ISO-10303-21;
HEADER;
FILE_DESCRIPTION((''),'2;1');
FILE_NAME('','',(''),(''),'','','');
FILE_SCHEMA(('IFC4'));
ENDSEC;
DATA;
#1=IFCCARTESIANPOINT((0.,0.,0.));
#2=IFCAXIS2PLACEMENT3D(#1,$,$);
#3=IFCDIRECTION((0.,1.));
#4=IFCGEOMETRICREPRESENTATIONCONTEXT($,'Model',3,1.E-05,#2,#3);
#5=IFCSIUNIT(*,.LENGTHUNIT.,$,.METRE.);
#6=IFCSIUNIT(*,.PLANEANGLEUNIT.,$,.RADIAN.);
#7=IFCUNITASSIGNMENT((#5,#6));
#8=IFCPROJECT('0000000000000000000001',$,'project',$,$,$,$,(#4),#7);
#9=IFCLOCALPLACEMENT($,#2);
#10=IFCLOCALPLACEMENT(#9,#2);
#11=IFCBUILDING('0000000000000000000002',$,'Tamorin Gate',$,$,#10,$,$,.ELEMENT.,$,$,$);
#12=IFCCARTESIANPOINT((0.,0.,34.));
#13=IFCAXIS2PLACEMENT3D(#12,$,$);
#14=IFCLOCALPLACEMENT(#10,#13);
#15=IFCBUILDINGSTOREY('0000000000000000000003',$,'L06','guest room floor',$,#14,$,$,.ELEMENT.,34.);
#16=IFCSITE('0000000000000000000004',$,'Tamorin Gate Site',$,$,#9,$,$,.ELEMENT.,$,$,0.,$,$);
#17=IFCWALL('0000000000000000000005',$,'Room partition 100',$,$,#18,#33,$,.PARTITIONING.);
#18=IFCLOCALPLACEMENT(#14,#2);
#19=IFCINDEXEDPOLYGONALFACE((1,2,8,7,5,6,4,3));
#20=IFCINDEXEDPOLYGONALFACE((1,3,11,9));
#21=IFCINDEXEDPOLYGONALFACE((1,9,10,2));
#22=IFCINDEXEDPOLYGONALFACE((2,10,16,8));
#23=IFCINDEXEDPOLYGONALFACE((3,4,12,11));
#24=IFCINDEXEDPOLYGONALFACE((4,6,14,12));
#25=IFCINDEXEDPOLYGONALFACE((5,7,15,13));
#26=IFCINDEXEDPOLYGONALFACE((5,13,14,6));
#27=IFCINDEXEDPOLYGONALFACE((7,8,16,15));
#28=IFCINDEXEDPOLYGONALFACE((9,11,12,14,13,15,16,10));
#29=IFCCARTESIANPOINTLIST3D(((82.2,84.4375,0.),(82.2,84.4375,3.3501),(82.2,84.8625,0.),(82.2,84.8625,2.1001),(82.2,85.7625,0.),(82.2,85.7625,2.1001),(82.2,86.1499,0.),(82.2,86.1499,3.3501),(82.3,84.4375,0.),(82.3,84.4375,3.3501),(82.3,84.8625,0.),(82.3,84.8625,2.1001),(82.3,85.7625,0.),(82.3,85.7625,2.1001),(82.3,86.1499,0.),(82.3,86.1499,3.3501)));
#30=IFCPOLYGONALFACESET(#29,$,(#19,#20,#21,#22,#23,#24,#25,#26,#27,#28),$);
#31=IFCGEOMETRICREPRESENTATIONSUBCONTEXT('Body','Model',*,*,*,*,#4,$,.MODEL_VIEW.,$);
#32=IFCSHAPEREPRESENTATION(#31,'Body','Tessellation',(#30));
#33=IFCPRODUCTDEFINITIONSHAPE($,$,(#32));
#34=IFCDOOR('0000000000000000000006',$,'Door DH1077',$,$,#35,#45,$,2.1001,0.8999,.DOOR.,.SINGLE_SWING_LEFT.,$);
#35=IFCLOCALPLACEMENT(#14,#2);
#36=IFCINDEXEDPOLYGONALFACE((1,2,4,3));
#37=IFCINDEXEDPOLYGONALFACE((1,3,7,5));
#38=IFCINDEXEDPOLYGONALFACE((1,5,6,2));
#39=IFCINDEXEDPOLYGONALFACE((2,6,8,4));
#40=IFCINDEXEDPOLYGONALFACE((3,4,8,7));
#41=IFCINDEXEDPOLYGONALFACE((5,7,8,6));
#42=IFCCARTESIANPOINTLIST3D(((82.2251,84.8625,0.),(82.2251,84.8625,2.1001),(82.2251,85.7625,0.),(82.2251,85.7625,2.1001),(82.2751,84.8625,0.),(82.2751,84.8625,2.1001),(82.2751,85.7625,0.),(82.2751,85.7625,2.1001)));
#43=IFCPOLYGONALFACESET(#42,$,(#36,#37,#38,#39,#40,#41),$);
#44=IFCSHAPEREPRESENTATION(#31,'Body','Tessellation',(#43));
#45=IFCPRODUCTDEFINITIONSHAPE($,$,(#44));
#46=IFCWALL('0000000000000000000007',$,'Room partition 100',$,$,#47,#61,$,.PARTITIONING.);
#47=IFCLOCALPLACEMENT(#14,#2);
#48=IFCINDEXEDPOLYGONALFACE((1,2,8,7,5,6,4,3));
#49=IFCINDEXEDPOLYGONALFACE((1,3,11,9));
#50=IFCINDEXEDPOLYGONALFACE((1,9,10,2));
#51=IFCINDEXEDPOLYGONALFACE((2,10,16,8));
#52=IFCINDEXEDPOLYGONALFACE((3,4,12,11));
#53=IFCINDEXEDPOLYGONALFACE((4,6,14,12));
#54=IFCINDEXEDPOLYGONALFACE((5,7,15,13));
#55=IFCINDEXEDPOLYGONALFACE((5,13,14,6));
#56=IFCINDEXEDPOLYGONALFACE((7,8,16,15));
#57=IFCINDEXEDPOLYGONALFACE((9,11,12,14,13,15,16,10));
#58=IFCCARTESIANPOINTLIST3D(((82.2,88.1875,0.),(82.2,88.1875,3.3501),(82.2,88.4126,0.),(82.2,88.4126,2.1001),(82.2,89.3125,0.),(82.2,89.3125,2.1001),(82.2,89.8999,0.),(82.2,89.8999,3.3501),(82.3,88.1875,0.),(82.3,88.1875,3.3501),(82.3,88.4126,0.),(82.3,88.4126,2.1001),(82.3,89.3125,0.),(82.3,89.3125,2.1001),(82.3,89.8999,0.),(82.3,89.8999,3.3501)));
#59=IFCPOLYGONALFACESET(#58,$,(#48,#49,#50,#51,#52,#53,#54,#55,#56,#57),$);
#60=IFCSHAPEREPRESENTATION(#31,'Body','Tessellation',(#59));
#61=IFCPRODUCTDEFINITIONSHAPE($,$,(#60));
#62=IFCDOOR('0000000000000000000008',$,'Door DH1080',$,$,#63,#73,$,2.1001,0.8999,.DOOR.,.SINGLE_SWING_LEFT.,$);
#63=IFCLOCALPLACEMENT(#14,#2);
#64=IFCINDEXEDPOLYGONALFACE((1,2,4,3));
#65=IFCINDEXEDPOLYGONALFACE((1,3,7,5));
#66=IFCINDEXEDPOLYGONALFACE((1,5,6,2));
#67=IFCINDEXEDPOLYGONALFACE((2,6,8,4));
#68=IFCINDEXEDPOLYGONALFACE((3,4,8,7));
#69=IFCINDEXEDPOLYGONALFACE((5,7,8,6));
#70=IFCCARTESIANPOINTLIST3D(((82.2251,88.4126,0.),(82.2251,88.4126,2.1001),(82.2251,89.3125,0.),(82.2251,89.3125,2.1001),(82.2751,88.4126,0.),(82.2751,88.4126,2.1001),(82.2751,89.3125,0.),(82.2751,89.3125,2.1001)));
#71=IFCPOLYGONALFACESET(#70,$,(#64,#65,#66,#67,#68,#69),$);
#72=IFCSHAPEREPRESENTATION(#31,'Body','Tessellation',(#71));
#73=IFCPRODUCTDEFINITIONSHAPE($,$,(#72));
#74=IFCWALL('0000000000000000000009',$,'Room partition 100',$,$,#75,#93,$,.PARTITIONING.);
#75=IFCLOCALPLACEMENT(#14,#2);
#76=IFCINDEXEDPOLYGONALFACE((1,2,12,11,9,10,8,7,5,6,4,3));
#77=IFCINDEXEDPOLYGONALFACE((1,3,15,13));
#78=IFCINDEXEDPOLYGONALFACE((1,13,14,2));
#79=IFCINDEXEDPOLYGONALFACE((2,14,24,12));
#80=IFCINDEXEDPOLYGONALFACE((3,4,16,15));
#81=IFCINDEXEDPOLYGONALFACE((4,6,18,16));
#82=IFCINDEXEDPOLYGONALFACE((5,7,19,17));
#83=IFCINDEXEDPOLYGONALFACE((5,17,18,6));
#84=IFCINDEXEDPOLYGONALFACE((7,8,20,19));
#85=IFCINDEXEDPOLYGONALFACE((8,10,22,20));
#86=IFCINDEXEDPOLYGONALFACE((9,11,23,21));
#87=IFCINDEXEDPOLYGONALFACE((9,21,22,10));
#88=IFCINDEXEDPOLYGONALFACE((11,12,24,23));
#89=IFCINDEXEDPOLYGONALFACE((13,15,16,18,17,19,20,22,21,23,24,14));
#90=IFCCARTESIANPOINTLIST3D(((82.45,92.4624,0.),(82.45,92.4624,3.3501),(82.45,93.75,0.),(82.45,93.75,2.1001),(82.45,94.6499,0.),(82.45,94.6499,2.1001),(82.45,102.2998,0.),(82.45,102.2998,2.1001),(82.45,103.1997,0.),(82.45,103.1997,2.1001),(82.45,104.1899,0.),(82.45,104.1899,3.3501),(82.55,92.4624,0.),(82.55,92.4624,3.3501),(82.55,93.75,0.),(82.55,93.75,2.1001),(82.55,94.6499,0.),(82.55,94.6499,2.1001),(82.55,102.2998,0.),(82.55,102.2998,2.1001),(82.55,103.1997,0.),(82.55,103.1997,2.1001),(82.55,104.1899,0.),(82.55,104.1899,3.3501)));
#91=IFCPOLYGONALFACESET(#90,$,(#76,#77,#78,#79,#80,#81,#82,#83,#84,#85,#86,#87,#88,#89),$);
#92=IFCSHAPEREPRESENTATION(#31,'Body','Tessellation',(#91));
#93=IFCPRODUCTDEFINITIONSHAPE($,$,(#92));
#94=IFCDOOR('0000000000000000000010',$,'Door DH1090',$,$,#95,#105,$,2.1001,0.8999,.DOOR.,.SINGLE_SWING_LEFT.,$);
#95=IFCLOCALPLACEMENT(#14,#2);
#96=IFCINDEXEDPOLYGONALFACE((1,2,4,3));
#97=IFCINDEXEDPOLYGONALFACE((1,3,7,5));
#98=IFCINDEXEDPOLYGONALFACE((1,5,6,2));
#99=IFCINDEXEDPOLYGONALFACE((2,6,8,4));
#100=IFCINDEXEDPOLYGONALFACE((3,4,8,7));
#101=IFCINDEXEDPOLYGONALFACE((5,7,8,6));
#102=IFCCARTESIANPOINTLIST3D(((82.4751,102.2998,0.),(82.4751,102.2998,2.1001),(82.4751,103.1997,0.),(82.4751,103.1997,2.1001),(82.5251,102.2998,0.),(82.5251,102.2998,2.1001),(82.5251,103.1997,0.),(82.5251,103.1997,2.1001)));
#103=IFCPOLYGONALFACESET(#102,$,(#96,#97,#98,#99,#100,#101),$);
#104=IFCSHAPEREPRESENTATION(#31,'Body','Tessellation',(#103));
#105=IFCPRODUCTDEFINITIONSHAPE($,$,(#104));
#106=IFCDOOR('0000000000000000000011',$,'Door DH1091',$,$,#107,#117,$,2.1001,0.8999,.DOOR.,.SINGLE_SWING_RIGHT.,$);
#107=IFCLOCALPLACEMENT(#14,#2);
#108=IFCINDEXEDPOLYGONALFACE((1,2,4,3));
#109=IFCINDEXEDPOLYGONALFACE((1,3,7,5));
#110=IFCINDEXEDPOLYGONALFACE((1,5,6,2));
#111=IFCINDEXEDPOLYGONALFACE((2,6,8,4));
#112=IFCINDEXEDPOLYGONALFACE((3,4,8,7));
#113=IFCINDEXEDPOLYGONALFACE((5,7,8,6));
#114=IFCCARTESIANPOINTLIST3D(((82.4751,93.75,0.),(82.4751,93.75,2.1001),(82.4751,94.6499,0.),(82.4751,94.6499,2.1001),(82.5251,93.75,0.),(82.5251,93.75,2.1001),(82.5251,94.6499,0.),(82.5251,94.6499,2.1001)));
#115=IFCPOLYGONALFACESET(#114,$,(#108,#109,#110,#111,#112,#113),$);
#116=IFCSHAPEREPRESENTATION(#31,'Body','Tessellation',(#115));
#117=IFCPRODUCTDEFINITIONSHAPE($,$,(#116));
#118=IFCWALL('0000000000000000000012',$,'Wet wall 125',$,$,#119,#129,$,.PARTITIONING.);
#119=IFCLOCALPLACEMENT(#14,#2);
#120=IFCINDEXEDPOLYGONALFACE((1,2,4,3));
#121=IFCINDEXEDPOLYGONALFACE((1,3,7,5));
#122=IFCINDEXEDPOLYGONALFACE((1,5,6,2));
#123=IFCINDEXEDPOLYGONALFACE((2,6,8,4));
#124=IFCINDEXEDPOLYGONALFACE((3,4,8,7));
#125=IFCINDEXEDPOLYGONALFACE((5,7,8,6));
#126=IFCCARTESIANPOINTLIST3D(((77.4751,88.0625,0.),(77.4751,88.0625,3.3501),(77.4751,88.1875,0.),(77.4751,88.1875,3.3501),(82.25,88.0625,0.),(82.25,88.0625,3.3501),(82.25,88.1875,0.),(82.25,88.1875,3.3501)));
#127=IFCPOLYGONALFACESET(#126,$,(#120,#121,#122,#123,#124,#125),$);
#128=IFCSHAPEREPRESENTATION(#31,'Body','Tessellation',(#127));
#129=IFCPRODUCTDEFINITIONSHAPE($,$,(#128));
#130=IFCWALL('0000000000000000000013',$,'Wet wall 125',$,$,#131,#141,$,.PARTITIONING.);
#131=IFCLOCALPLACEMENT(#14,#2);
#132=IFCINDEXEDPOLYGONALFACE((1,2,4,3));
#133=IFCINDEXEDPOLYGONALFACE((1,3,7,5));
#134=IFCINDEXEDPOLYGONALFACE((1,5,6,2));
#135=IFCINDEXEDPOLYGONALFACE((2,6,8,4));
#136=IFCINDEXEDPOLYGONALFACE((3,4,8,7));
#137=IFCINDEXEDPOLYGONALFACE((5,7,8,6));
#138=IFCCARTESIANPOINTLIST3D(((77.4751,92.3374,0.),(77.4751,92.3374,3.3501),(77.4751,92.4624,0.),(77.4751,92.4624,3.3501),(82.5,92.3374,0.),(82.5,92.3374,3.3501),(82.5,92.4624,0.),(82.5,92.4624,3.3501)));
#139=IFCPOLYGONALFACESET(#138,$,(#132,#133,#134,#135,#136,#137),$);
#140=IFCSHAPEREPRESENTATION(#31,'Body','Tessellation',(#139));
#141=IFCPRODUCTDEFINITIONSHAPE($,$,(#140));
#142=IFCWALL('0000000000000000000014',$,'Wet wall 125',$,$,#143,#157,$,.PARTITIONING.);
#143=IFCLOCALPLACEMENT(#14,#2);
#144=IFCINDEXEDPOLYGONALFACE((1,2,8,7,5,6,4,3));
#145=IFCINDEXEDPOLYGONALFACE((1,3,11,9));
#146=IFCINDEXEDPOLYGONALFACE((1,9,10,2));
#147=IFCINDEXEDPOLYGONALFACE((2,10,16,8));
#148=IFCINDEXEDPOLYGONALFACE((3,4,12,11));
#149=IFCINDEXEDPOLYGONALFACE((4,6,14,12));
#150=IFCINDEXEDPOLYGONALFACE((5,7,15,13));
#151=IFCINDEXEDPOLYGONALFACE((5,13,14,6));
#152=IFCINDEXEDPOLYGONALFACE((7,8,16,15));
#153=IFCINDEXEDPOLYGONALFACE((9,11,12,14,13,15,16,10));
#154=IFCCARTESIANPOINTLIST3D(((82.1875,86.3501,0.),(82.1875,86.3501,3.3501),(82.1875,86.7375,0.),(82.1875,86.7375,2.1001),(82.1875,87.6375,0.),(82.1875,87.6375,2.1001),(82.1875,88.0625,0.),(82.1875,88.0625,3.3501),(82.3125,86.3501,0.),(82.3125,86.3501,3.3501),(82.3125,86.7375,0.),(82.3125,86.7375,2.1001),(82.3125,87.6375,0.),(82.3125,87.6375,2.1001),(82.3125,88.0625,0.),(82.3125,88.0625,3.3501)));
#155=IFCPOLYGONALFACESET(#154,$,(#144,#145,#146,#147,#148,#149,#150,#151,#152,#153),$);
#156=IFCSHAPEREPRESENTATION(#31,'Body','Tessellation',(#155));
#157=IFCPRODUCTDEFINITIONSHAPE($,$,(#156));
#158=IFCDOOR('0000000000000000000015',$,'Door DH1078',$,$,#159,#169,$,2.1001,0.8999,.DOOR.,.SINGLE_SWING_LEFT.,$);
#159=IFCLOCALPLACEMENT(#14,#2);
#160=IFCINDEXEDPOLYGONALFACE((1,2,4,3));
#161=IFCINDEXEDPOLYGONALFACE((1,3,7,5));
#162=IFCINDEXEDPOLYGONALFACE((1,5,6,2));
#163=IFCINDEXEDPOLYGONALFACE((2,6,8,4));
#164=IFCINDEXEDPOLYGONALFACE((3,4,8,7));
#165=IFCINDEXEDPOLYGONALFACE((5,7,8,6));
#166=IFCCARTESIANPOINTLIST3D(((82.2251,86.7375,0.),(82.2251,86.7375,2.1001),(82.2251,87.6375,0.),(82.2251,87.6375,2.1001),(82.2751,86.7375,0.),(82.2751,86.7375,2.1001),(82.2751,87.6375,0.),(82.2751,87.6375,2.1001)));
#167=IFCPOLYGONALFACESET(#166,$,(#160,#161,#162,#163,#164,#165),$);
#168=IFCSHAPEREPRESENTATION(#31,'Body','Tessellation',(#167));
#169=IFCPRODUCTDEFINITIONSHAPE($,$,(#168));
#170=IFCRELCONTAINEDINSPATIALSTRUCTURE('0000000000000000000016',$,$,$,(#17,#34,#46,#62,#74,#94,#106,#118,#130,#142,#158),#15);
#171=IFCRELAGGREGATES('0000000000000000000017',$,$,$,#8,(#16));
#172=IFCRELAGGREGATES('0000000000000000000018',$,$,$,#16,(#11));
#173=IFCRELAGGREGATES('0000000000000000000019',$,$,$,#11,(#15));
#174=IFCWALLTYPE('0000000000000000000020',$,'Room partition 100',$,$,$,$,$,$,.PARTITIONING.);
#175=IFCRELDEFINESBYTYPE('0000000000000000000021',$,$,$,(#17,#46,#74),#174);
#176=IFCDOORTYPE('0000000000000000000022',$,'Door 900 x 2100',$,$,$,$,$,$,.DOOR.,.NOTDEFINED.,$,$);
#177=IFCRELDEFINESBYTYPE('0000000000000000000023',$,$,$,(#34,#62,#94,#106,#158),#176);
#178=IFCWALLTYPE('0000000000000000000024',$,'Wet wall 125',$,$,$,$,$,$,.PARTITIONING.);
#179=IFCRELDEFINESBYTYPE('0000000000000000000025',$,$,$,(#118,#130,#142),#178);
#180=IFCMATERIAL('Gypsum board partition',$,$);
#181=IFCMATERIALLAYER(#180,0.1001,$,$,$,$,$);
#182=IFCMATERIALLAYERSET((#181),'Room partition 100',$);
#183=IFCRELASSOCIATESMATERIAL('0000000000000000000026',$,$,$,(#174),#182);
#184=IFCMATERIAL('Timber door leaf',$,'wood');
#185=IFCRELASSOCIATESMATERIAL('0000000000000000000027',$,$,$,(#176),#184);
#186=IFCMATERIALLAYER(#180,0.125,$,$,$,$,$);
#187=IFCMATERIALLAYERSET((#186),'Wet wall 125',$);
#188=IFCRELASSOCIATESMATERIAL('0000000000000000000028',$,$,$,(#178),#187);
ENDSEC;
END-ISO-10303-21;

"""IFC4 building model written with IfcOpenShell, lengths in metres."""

from ifc_helpers import new_model, si_unit, direction, frame, frame_2d, origin, place, context, subcontext, project, spatial, rectangle, extrude, material, layer, layer_set, type_object, element, fill, save


model = new_model("IFC4")

# Units and contexts
model_context = context("Model", 3, precision=1e-05, world=origin(), true_north=direction((0.0, 1.0)))
body_context = subcontext(model_context, "Body", "Model", "MODEL_VIEW")
ifc_project = project(units=[si_unit("LENGTHUNIT", "METRE"), si_unit("PLANEANGLEUNIT", "RADIAN")], contexts=[model_context])

# Site, building, storey
site_placement = place(None, origin())
site = spatial("IfcSite", under=ifc_project, at=site_placement, Name="Tamorin Gate Site", CompositionType="ELEMENT", RefElevation=0.0)
building_placement = place(site_placement, origin())
building = spatial("IfcBuilding", under=site, at=building_placement, Name="Tamorin Gate", CompositionType="ELEMENT")
storey_placement = place(building_placement, frame((0.0, 0.0, 34.0)))
storey = spatial("IfcBuildingStorey", under=building, at=storey_placement, Name="L06", Description="guest room floor", CompositionType="ELEMENT", Elevation=34.0)

# Shared definitions
ifc_material_1 = material(Name="Gypsum board partition")

# Walls, openings, doors
ifc_layer_1 = layer(ifc_material_1, 0.1001)
ifc_layer_set_1 = layer_set([ifc_layer_1], Name="Room partition 100")
wall_type_1 = type_object("IfcWallType", Name="Room partition 100", PredefinedType="PARTITIONING", material=ifc_layer_set_1)
ifc_material_2 = material(Name="Timber door leaf", Category="wood")
door_type = type_object("IfcDoorType", Name="Door 900 x 2100", OperationType="NOTDEFINED", PredefinedType="DOOR", material=ifc_material_2)
wall_1_placement = place(storey_placement, frame((82.25, 84.4375, 0.0), z_axis=(0.0, 0.0, 1.0), x_axis=(0.0, 1.0, 0.0)))
wall_1 = element("IfcWall", 1, at=wall_1_placement, inside=storey, type_object=wall_type_1, Name="Room partition 100", PredefinedType="PARTITIONING", context=body_context, shape_type="SweptSolid", body=[
    extrude(rectangle(XDim=1.7124, YDim=0.1001, at=frame_2d((0.8562, 0.0))), origin(), (0.0, 0.0, 1.0), 3.3501),
])
opening_1_placement = place(wall_1_placement, frame((0.425, 0.0, 0.0)))
opening_1 = element("IfcOpeningElement", 2, at=opening_1_placement, cuts=wall_1, PredefinedType="OPENING", context=body_context, shape_type="SweptSolid", body=[
    extrude(rectangle(XDim=0.8999, YDim=2.1001, at=frame_2d((0.45, 1.05))), frame((0.0, 0.0601, 0.0), z_axis=(0.0, -1.0, 0.0), x_axis=(1.0, 0.0, 0.0)), (0.0, 0.0, 1.0), 0.1201),
])
door_1_placement = place(opening_1_placement, origin())
door_1 = element("IfcDoor", 3, at=door_1_placement, inside=storey, type_object=door_type, Name="Door DH1077", OperationType="SINGLE_SWING_LEFT", OverallHeight=2.1001, OverallWidth=0.8999, PredefinedType="DOOR", context=body_context, shape_type="SweptSolid", body=[
    extrude(rectangle(XDim=0.8999, YDim=2.1001, at=frame_2d((0.45, 1.05))), frame((0.0, 0.0249, 0.0), z_axis=(0.0, -1.0, 0.0), x_axis=(1.0, 0.0, 0.0)), (0.0, 0.0, 1.0), 0.05),
])
fill(opening_1, door_1)
wall_2_placement = place(storey_placement, frame((82.25, 88.1875, 0.0), z_axis=(0.0, 0.0, 1.0), x_axis=(0.0, 1.0, 0.0)))
wall_2 = element("IfcWall", 4, at=wall_2_placement, inside=storey, type_object=wall_type_1, Name="Room partition 100", PredefinedType="PARTITIONING", context=body_context, shape_type="SweptSolid", body=[
    extrude(rectangle(XDim=1.7124, YDim=0.1001, at=frame_2d((0.8562, 0.0))), origin(), (0.0, 0.0, 1.0), 3.3501),
])
opening_2_placement = place(wall_2_placement, frame((0.2251, 0.0, 0.0)))
opening_2 = element("IfcOpeningElement", 5, at=opening_2_placement, cuts=wall_2, PredefinedType="OPENING", context=body_context, shape_type="SweptSolid", body=[
    extrude(rectangle(XDim=0.8999, YDim=2.1001, at=frame_2d((0.45, 1.05))), frame((0.0, 0.0601, 0.0), z_axis=(0.0, -1.0, 0.0), x_axis=(1.0, 0.0, 0.0)), (0.0, 0.0, 1.0), 0.1201),
])
door_2_placement = place(opening_2_placement, origin())
door_2 = element("IfcDoor", 6, at=door_2_placement, inside=storey, type_object=door_type, Name="Door DH1080", OperationType="SINGLE_SWING_LEFT", OverallHeight=2.1001, OverallWidth=0.8999, PredefinedType="DOOR", context=body_context, shape_type="SweptSolid", body=[
    extrude(rectangle(XDim=0.8999, YDim=2.1001, at=frame_2d((0.45, 1.05))), frame((0.0, 0.0249, 0.0), z_axis=(0.0, -1.0, 0.0), x_axis=(1.0, 0.0, 0.0)), (0.0, 0.0, 1.0), 0.05),
])
fill(opening_2, door_2)

# Wall, openings, doors
wall_3_placement = place(storey_placement, frame((82.5, 92.4624, 0.0), z_axis=(0.0, 0.0, 1.0), x_axis=(0.0, 1.0, 0.0)))
wall_3 = element("IfcWall", 7, at=wall_3_placement, inside=storey, type_object=wall_type_1, Name="Room partition 100", PredefinedType="PARTITIONING", context=body_context, shape_type="SweptSolid", body=[
    extrude(rectangle(XDim=11.7275, YDim=0.1001, at=frame_2d((5.8638, 0.0))), origin(), (0.0, 0.0, 1.0), 3.3501),
])
opening_3_placement = place(wall_3_placement, frame((9.8374, 0.0, 0.0)))
opening_3 = element("IfcOpeningElement", 8, at=opening_3_placement, cuts=wall_3, PredefinedType="OPENING", context=body_context, shape_type="SweptSolid", body=[
    extrude(rectangle(XDim=0.8999, YDim=2.1001, at=frame_2d((0.45, 1.05))), frame((0.0, 0.0601, 0.0), z_axis=(0.0, -1.0, 0.0), x_axis=(1.0, 0.0, 0.0)), (0.0, 0.0, 1.0), 0.1201),
])
opening_4_placement = place(wall_3_placement, frame((1.2876, 0.0, 0.0)))
opening_4 = element("IfcOpeningElement", 9, at=opening_4_placement, cuts=wall_3, PredefinedType="OPENING", context=body_context, shape_type="SweptSolid", body=[
    extrude(rectangle(XDim=0.8999, YDim=2.1001, at=frame_2d((0.45, 1.05))), frame((0.0, 0.0601, 0.0), z_axis=(0.0, -1.0, 0.0), x_axis=(1.0, 0.0, 0.0)), (0.0, 0.0, 1.0), 0.1201),
])
door_3_placement = place(opening_3_placement, origin())
door_3 = element("IfcDoor", 10, at=door_3_placement, inside=storey, type_object=door_type, Name="Door DH1090", OperationType="SINGLE_SWING_LEFT", OverallHeight=2.1001, OverallWidth=0.8999, PredefinedType="DOOR", context=body_context, shape_type="SweptSolid", body=[
    extrude(rectangle(XDim=0.8999, YDim=2.1001, at=frame_2d((0.45, 1.05))), frame((0.0, 0.0249, 0.0), z_axis=(0.0, -1.0, 0.0), x_axis=(1.0, 0.0, 0.0)), (0.0, 0.0, 1.0), 0.05),
])
fill(opening_3, door_3)
door_4_placement = place(opening_4_placement, origin())
door_4 = element("IfcDoor", 11, at=door_4_placement, inside=storey, type_object=door_type, Name="Door DH1091", OperationType="SINGLE_SWING_RIGHT", OverallHeight=2.1001, OverallWidth=0.8999, PredefinedType="DOOR", context=body_context, shape_type="SweptSolid", body=[
    extrude(rectangle(XDim=0.8999, YDim=2.1001, at=frame_2d((0.45, 1.05))), frame((0.0, 0.0249, 0.0), z_axis=(0.0, -1.0, 0.0), x_axis=(1.0, 0.0, 0.0)), (0.0, 0.0, 1.0), 0.05),
])
fill(opening_4, door_4)

# Walls
ifc_layer_2 = layer(ifc_material_1, 0.125)
ifc_layer_set_2 = layer_set([ifc_layer_2], Name="Wet wall 125")
wall_type_2 = type_object("IfcWallType", Name="Wet wall 125", PredefinedType="PARTITIONING", material=ifc_layer_set_2)
wall_4_placement = place(storey_placement, frame((77.4751, 88.125, 0.0), z_axis=(0.0, 0.0, 1.0), x_axis=(1.0, 0.0, 0.0)))
element("IfcWall", 12, at=wall_4_placement, inside=storey, type_object=wall_type_2, Name="Wet wall 125", PredefinedType="PARTITIONING", context=body_context, shape_type="SweptSolid", body=[
    extrude(rectangle(XDim=4.7749, YDim=0.125, at=frame_2d((2.3875, 0.0))), origin(), (0.0, 0.0, 1.0), 3.3501),
])
wall_5_placement = place(storey_placement, frame((77.4751, 92.3999, 0.0), z_axis=(0.0, 0.0, 1.0), x_axis=(1.0, 0.0, 0.0)))
element("IfcWall", 13, at=wall_5_placement, inside=storey, type_object=wall_type_2, Name="Wet wall 125", PredefinedType="PARTITIONING", context=body_context, shape_type="SweptSolid", body=[
    extrude(rectangle(XDim=5.0249, YDim=0.125, at=frame_2d((2.5125, 0.0))), origin(), (0.0, 0.0, 1.0), 3.3501),
])

# Wall, opening, door
wall_6_placement = place(storey_placement, frame((82.25, 86.3501, 0.0), z_axis=(0.0, 0.0, 1.0), x_axis=(0.0, 1.0, 0.0)))
wall_6 = element("IfcWall", 14, at=wall_6_placement, inside=storey, type_object=wall_type_2, Name="Wet wall 125", PredefinedType="PARTITIONING", context=body_context, shape_type="SweptSolid", body=[
    extrude(rectangle(XDim=1.7124, YDim=0.125, at=frame_2d((0.8562, 0.0))), origin(), (0.0, 0.0, 1.0), 3.3501),
])
opening_5_placement = place(wall_6_placement, frame((0.3875, 0.0, 0.0)))
opening_5 = element("IfcOpeningElement", 15, at=opening_5_placement, cuts=wall_6, PredefinedType="OPENING", context=body_context, shape_type="SweptSolid", body=[
    extrude(rectangle(XDim=0.8999, YDim=2.1001, at=frame_2d((0.45, 1.05))), frame((0.0, 0.0725, 0.0), z_axis=(0.0, -1.0, 0.0), x_axis=(1.0, 0.0, 0.0)), (0.0, 0.0, 1.0), 0.145),
])
door_5_placement = place(opening_5_placement, origin())
door_5 = element("IfcDoor", 16, at=door_5_placement, inside=storey, type_object=door_type, Name="Door DH1078", OperationType="SINGLE_SWING_LEFT", OverallHeight=2.1001, OverallWidth=0.8999, PredefinedType="DOOR", context=body_context, shape_type="SweptSolid", body=[
    extrude(rectangle(XDim=0.8999, YDim=2.1001, at=frame_2d((0.45, 1.05))), frame((0.0, 0.0249, 0.0), z_axis=(0.0, -1.0, 0.0), x_axis=(1.0, 0.0, 0.0)), (0.0, 0.0, 1.0), 0.05),
])
fill(opening_5, door_5)

save(model, "model.ifc")
